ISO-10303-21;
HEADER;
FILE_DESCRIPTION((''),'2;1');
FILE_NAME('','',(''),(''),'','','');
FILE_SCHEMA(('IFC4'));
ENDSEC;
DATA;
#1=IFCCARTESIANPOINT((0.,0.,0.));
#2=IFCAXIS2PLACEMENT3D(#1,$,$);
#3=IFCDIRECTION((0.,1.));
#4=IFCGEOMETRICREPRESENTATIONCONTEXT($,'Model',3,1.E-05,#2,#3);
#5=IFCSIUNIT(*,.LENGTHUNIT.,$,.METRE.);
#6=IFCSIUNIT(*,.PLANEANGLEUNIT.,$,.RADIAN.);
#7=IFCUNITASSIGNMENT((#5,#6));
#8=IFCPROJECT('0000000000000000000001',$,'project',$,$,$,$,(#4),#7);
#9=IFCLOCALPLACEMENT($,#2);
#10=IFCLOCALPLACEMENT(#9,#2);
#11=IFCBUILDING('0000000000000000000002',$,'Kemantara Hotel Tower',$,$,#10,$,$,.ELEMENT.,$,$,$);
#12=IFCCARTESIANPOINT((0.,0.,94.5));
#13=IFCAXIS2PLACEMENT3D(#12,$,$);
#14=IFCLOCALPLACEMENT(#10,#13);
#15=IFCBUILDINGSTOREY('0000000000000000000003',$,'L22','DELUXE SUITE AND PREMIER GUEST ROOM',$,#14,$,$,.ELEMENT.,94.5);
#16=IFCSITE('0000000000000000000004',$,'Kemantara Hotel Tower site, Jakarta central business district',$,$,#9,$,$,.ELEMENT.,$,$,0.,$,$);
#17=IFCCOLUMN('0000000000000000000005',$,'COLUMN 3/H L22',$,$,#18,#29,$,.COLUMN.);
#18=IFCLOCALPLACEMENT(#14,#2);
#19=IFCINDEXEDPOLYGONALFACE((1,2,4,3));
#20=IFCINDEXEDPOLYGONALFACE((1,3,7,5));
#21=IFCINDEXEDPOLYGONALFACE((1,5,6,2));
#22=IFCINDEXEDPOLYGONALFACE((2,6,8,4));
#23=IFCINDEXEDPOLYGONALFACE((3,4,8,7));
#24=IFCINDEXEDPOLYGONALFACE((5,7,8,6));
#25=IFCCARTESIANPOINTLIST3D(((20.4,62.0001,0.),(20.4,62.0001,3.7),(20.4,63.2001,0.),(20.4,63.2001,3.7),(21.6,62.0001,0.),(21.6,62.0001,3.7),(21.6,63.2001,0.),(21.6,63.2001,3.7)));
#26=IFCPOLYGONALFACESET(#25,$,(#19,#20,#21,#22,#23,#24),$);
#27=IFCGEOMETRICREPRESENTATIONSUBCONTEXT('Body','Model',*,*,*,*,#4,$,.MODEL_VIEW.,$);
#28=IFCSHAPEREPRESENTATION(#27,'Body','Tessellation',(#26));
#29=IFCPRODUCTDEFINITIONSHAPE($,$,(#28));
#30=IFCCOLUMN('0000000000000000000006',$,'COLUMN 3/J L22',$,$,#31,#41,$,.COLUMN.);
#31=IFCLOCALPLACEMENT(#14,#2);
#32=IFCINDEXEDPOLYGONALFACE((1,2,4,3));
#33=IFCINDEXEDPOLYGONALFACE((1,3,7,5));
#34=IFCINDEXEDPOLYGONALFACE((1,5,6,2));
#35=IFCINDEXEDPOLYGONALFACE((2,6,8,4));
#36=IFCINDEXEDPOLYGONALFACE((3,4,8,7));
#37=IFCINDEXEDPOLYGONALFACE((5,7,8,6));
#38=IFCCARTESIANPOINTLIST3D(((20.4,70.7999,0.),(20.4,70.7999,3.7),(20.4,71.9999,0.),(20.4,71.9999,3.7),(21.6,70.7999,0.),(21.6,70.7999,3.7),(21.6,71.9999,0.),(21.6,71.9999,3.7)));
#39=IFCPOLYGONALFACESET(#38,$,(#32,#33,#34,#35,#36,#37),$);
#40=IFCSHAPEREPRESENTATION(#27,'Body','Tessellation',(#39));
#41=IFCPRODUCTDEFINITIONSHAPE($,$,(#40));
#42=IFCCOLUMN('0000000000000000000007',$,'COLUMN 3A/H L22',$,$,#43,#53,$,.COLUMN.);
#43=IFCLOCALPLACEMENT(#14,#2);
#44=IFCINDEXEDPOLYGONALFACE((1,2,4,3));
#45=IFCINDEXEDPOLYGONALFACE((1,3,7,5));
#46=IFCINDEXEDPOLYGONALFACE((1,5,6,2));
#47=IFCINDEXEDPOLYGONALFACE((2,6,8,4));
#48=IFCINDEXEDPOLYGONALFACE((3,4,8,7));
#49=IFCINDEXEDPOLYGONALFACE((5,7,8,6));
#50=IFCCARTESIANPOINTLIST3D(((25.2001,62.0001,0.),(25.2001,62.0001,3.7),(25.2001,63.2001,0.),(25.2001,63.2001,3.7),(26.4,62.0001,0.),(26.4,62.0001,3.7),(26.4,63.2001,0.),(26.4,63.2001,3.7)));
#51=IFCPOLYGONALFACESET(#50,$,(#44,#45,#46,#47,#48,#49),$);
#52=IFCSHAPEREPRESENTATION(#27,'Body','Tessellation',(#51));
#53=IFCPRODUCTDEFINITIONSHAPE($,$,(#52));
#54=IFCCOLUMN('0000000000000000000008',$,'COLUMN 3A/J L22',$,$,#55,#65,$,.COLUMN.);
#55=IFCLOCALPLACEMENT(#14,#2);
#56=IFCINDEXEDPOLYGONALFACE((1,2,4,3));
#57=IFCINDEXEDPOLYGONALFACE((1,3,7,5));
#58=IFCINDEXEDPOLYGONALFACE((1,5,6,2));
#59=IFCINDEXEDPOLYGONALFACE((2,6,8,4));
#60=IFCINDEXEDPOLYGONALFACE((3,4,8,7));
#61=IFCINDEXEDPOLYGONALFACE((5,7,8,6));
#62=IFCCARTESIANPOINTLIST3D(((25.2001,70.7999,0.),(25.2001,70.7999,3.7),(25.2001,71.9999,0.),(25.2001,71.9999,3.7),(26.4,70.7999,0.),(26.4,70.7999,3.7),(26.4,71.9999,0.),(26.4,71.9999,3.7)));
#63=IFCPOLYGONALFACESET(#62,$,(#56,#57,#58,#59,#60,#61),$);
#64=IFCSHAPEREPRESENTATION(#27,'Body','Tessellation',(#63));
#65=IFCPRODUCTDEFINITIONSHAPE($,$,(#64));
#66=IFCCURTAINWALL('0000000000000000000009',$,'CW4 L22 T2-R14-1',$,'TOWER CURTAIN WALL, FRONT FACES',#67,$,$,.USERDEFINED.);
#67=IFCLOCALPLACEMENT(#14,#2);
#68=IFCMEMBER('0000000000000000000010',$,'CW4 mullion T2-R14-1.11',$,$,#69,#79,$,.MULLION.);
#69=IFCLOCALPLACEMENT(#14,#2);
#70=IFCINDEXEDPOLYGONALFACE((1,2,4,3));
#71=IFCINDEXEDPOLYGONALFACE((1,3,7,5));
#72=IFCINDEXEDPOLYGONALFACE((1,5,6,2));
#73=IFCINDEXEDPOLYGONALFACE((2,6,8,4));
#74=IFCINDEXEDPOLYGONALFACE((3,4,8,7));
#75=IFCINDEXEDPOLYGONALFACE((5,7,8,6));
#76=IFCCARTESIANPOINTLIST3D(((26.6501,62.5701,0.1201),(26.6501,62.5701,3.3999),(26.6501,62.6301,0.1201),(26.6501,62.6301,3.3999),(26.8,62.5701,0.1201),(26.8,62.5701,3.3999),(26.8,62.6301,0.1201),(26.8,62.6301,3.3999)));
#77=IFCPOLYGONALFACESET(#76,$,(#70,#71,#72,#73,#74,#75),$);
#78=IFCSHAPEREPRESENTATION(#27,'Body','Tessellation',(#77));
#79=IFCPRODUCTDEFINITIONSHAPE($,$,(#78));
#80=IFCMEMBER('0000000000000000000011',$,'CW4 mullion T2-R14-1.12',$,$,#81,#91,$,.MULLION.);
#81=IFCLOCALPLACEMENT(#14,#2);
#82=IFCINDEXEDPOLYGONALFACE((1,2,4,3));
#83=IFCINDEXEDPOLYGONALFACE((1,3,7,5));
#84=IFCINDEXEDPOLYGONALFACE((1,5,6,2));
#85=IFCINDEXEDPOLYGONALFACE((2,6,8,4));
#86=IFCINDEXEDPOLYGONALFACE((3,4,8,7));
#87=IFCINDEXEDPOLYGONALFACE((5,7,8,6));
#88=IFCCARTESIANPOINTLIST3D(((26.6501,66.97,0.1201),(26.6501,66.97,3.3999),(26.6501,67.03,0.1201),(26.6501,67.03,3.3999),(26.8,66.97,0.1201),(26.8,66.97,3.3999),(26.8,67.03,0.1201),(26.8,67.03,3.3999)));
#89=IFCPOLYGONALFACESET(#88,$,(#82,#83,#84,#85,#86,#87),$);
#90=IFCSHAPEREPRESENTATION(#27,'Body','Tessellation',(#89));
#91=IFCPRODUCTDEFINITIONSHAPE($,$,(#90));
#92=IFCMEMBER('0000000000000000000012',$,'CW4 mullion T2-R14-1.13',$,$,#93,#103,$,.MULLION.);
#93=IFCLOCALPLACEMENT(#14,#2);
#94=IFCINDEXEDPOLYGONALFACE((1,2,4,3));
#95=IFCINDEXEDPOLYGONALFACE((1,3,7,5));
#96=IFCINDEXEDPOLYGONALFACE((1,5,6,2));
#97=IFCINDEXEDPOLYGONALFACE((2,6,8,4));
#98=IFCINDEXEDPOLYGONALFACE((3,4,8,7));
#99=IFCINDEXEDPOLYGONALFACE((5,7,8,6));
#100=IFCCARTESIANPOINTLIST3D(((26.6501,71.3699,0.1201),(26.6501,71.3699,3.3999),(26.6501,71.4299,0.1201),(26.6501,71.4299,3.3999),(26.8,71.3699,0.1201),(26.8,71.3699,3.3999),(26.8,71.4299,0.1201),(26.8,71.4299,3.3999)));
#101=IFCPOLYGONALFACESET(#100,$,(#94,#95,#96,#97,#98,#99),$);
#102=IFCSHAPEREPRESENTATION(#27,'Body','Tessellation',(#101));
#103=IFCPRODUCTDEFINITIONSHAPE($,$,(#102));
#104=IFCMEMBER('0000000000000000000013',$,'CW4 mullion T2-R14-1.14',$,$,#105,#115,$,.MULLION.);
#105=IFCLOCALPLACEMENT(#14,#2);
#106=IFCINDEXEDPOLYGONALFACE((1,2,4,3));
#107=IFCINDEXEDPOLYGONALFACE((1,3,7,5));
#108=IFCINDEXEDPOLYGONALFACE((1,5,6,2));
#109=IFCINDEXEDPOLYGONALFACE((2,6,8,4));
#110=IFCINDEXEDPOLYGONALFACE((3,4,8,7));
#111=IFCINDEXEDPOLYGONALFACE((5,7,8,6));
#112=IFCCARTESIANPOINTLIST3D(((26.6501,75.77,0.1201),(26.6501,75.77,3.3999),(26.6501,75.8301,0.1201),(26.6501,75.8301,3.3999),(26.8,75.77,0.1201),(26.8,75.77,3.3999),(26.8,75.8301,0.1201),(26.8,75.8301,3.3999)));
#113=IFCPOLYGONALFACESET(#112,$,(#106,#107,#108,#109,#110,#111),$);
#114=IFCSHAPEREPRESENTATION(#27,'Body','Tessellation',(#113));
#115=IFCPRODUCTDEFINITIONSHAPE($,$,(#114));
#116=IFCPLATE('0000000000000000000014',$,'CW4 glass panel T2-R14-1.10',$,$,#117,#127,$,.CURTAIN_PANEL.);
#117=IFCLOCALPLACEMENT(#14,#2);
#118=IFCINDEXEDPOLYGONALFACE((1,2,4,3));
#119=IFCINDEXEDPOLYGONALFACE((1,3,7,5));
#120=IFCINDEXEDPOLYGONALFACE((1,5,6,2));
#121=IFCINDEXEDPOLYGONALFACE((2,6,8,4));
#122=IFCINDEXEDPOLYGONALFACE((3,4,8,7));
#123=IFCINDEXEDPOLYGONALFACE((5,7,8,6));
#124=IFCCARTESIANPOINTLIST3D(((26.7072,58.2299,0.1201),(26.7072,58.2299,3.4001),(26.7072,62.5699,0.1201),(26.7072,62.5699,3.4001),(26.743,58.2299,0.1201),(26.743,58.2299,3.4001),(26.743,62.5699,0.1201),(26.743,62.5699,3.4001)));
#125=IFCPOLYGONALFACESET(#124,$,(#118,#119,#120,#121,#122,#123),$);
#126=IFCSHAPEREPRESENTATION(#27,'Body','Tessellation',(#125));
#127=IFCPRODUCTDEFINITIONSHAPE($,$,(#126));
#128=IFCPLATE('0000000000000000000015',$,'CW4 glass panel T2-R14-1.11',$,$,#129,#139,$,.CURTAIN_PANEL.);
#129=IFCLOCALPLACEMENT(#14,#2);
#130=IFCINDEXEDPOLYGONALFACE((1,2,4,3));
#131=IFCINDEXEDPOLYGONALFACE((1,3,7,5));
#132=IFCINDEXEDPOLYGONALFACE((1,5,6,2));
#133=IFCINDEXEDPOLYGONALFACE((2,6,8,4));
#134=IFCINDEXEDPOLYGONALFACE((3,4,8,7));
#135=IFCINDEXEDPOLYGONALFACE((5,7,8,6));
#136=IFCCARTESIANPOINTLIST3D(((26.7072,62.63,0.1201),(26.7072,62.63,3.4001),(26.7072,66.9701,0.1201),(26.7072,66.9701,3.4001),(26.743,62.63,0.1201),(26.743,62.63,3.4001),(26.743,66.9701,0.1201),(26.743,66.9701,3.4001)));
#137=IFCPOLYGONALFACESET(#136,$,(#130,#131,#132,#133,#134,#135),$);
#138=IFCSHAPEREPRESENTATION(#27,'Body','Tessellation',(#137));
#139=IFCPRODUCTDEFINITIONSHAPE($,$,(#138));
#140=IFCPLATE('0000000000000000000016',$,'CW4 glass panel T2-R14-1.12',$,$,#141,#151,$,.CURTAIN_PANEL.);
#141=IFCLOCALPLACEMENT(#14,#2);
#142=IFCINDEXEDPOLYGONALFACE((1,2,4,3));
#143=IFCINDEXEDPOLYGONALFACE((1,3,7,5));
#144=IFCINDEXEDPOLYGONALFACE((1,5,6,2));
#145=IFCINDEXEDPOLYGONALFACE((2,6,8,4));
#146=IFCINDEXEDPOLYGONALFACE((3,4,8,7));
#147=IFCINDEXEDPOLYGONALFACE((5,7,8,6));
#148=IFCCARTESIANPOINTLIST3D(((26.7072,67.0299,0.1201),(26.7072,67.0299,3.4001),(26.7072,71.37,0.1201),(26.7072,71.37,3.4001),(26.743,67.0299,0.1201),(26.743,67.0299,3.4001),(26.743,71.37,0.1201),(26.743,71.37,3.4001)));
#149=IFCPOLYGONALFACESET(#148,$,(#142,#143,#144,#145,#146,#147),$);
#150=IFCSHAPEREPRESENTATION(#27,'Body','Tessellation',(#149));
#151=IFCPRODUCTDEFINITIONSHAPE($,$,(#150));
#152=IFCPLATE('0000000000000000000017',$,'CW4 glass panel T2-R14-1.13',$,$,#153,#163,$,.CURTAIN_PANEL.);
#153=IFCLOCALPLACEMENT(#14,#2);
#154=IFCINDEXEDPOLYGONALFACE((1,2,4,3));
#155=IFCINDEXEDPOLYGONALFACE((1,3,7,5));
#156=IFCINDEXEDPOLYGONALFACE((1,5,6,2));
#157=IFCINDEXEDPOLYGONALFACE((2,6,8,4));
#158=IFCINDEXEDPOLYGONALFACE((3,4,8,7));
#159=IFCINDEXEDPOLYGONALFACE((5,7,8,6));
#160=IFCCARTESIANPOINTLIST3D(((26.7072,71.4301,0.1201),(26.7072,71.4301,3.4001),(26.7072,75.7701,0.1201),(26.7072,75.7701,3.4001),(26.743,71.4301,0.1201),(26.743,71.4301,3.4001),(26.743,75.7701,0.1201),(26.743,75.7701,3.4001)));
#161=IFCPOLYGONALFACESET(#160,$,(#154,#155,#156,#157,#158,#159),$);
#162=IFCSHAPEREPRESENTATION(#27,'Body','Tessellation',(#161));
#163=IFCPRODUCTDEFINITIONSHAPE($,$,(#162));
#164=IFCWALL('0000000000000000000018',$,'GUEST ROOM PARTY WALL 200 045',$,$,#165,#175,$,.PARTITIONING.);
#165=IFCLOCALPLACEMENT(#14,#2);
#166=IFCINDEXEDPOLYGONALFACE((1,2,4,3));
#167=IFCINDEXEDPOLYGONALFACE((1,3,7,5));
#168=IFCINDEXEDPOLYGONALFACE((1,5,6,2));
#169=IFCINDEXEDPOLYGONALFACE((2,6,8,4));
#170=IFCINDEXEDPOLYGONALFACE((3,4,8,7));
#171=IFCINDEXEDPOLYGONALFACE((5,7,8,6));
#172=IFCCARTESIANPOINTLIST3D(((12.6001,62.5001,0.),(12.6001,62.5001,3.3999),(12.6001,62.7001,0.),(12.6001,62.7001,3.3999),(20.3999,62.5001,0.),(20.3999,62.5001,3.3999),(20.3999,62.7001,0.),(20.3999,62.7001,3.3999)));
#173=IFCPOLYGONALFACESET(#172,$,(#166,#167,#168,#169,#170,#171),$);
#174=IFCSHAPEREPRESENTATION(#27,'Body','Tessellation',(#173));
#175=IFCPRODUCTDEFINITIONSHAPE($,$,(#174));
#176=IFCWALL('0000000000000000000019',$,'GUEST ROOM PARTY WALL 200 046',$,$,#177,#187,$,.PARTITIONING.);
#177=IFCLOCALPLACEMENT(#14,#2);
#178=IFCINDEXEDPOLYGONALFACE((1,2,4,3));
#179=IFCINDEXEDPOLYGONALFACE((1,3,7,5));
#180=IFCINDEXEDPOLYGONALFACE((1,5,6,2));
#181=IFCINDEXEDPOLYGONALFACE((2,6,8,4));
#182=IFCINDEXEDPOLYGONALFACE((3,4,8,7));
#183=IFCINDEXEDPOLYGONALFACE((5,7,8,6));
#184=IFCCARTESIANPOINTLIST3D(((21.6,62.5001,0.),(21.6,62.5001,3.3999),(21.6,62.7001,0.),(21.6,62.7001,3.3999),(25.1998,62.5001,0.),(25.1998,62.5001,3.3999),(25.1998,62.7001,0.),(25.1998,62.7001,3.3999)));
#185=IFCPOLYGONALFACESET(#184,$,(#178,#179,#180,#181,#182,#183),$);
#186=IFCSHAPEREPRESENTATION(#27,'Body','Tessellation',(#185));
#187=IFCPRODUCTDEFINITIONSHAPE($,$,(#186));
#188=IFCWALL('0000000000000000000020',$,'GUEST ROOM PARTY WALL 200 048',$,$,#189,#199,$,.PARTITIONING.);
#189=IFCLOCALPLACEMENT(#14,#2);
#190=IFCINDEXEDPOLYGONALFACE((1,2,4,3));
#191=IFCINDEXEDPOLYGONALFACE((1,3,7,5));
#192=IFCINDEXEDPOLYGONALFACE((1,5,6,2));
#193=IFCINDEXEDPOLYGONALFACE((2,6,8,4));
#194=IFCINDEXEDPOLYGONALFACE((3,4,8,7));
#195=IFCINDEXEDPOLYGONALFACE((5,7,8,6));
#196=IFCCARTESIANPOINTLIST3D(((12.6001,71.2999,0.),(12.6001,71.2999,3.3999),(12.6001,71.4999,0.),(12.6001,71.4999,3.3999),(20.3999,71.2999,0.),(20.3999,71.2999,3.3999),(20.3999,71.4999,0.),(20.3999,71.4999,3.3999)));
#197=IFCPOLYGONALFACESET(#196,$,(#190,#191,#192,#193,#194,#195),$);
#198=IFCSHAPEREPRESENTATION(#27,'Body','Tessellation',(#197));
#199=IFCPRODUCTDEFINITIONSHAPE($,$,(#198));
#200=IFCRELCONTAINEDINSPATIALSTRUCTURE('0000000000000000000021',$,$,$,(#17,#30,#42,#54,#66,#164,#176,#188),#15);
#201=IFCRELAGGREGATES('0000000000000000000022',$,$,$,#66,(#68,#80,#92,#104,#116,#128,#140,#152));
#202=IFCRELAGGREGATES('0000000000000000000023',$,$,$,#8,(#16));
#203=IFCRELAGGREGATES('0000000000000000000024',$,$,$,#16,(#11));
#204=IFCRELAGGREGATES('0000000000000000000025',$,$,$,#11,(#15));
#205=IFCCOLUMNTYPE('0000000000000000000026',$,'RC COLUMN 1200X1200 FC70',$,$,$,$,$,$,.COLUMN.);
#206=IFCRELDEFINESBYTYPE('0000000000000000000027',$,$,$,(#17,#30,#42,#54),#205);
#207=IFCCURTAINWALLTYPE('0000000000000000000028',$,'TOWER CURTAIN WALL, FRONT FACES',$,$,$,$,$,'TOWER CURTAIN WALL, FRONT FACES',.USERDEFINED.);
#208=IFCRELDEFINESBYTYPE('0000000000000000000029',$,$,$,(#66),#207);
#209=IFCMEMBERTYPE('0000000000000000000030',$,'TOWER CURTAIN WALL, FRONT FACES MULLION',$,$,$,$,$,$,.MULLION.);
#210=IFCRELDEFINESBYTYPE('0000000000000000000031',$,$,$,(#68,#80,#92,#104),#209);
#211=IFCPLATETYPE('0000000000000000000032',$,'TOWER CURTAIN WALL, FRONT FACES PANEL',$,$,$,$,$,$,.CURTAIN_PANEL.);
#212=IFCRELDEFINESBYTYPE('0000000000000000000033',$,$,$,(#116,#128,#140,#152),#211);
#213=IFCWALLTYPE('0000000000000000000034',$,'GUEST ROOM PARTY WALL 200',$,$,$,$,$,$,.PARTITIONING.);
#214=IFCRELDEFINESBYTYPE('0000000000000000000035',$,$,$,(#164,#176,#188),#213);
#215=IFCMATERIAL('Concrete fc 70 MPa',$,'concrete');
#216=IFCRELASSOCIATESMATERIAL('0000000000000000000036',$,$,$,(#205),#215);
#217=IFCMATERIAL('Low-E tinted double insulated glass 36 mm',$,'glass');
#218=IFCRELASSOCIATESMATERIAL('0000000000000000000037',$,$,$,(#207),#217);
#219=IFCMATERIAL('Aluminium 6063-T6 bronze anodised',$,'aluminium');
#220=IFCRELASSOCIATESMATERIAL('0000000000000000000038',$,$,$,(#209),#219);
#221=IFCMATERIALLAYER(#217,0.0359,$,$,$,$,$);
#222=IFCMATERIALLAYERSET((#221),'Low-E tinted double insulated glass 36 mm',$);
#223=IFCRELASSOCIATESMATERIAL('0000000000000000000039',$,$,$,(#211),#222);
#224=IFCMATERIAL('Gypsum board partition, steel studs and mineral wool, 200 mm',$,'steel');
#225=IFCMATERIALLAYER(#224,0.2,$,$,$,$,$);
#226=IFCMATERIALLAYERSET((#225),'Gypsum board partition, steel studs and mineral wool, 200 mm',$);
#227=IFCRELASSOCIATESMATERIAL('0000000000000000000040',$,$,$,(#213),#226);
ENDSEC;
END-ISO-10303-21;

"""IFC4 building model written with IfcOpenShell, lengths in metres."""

from ifc_helpers import new_model, si_unit, direction, frame, frame_2d, origin, origin_2d, place, context, subcontext, project, spatial, rectangle, extrude, source, transform, mapped, material, layer, layer_set, material_profile, profile_set, type_object, element, aggregate, save


model = new_model("IFC4")

# Units and contexts
model_context = context("Model", 3, precision=1e-05, world=origin(), true_north=direction((0.0, 1.0)))
body_context = subcontext(model_context, "Body", "Model", "MODEL_VIEW")
ifc_project = project(units=[si_unit("LENGTHUNIT", "METRE"), si_unit("PLANEANGLEUNIT", "RADIAN")], contexts=[model_context])

# Site, building, storey
site_placement = place(None, origin())
site = spatial("IfcSite", under=ifc_project, at=site_placement, Name="Kemantara Hotel Tower site, Jakarta central business district", CompositionType="ELEMENT", RefElevation=0.0)
building_placement = place(site_placement, origin())
building = spatial("IfcBuilding", under=site, at=building_placement, Name="Kemantara Hotel Tower", CompositionType="ELEMENT")
storey_placement = place(building_placement, frame((0.0, 0.0, 94.5)))
storey = spatial("IfcBuildingStorey", under=building, at=storey_placement, Name="L22", Description="DELUXE SUITE AND PREMIER GUEST ROOM", CompositionType="ELEMENT", Elevation=94.5)

# Columns
ifc_material_1 = material(Name="Concrete fc 70 MPa", Category="concrete")
ifc_material_profile_1 = material_profile(ifc_material_1, rectangle(XDim=1.2, YDim=1.2, at=origin_2d()), Name="RC 1200X1200")
ifc_profile_set_1 = profile_set([ifc_material_profile_1], Name="Concrete fc 70 MPa")
column_type = type_object("IfcColumnType", Name="RC COLUMN 1200X1200 FC70", PredefinedType="COLUMN", material=ifc_profile_set_1)
for number, where, z_axis, x_axis, name in (
    (1, (21.0, 62.6001, 0.0), (0.0, 0.0, 1.0), (1.0, 0.0, 0.0), "COLUMN 3/H L22"),
    (2, (21.0, 71.3999, 0.0), (0.0, 0.0, 1.0), (1.0, 0.0, 0.0), "COLUMN 3/J L22"),
    (3, (25.8, 62.6001, 0.0), (0.0, 0.0, 1.0), (1.0, 0.0, 0.0), "COLUMN 3A/H L22"),
    (4, (25.8, 71.3999, 0.0), (0.0, 0.0, 1.0), (1.0, 0.0, 0.0), "COLUMN 3A/J L22"),
):
    element("IfcColumn", number, at=place(storey_placement, frame(where, z_axis=z_axis, x_axis=x_axis)), inside=storey, type_object=column_type, Name=name, PredefinedType="COLUMN", context=body_context, shape_type="SweptSolid", body=[
        extrude(rectangle(XDim=1.2, YDim=1.2, at=origin_2d()), origin(), (0.0, 0.0, 1.0), 3.7),
    ])

# Curtain wall, members, plates
ifc_material_2 = material(Name="Low-E tinted double insulated glass 36 mm", Category="glass")
curtain_wall_type = type_object("IfcCurtainWallType", Name="TOWER CURTAIN WALL, FRONT FACES", ElementType="TOWER CURTAIN WALL, FRONT FACES", PredefinedType="USERDEFINED", material=ifc_material_2)
curtain_wall_placement = place(storey_placement, origin())
curtain_wall = element("IfcCurtainWall", 5, at=curtain_wall_placement, inside=storey, type_object=curtain_wall_type, Name="CW4 L22 T2-R14-1", ObjectType="TOWER CURTAIN WALL, FRONT FACES", PredefinedType="USERDEFINED")
ifc_material_3 = material(Name="Aluminium 6063-T6 bronze anodised", Category="aluminium")
ifc_material_profile_2 = material_profile(ifc_material_3, rectangle(XDim=0.1499, YDim=0.0601, at=origin_2d()), Name="TOWER CURTAIN WALL, FRONT FACES MULLION")
ifc_profile_set_2 = profile_set([ifc_material_profile_2], Name="Aluminium 6063-T6 bronze anodised")
member_type = type_object("IfcMemberType", Name="TOWER CURTAIN WALL, FRONT FACES MULLION", PredefinedType="MULLION", material=ifc_profile_set_2)
shared_shape_1 = source(origin(), body_context, "Body", "SweptSolid", [
    extrude(rectangle(XDim=0.1499, YDim=0.0601, at=origin_2d()), origin(), (0.0, 0.0, 1.0), 3.2798),
])
member_1_placement = place(storey_placement, frame((26.7251, 62.6001, 0.1201), z_axis=(0.0, 0.0, 1.0), x_axis=(-1.0, 0.0, 0.0)))
member_1 = element("IfcMember", 6, at=member_1_placement, type_object=member_type, Name="CW4 mullion T2-R14-1.11", PredefinedType="MULLION", context=body_context, shape_type="MappedRepresentation", body=[
    mapped(shared_shape_1, transform((0.0, 0.0, 0.0))),
])
member_2_placement = place(storey_placement, frame((26.7251, 67.0, 0.1201), z_axis=(0.0, 0.0, 1.0), x_axis=(-1.0, 0.0, 0.0)))
member_2 = element("IfcMember", 7, at=member_2_placement, type_object=member_type, Name="CW4 mullion T2-R14-1.12", PredefinedType="MULLION", context=body_context, shape_type="MappedRepresentation", body=[
    mapped(shared_shape_1, transform((0.0, 0.0, 0.0))),
])
member_3_placement = place(storey_placement, frame((26.7251, 71.3999, 0.1201), z_axis=(0.0, 0.0, 1.0), x_axis=(-1.0, 0.0, 0.0)))
member_3 = element("IfcMember", 8, at=member_3_placement, type_object=member_type, Name="CW4 mullion T2-R14-1.13", PredefinedType="MULLION", context=body_context, shape_type="MappedRepresentation", body=[
    mapped(shared_shape_1, transform((0.0, 0.0, 0.0))),
])
member_4_placement = place(storey_placement, frame((26.7251, 75.8, 0.1201), z_axis=(0.0, 0.0, 1.0), x_axis=(-1.0, 0.0, 0.0)))
member_4 = element("IfcMember", 9, at=member_4_placement, type_object=member_type, Name="CW4 mullion T2-R14-1.14", PredefinedType="MULLION", context=body_context, shape_type="MappedRepresentation", body=[
    mapped(shared_shape_1, transform((0.0, 0.0, 0.0))),
])
ifc_layer_1 = layer(ifc_material_2, 0.0359)
ifc_layer_set_1 = layer_set([ifc_layer_1], Name="Low-E tinted double insulated glass 36 mm")
plate_type = type_object("IfcPlateType", Name="TOWER CURTAIN WALL, FRONT FACES PANEL", PredefinedType="CURTAIN_PANEL", material=ifc_layer_set_1)
shared_shape_2 = source(origin(), body_context, "Body", "SweptSolid", [
    extrude(rectangle(XDim=4.3401, YDim=0.0359, at=origin_2d()), origin(), (0.0, 0.0, 1.0), 3.28),
])
plate_1_placement = place(storey_placement, frame((26.7251, 60.3999, 0.1201), z_axis=(0.0, 0.0, 1.0), x_axis=(0.0, 1.0, 0.0)))
plate_1 = element("IfcPlate", 10, at=plate_1_placement, type_object=plate_type, Name="CW4 glass panel T2-R14-1.10", PredefinedType="CURTAIN_PANEL", context=body_context, shape_type="MappedRepresentation", body=[
    mapped(shared_shape_2, transform((0.0, 0.0, 0.0))),
])
plate_2_placement = place(storey_placement, frame((26.7251, 64.8, 0.1201), z_axis=(0.0, 0.0, 1.0), x_axis=(0.0, 1.0, 0.0)))
plate_2 = element("IfcPlate", 11, at=plate_2_placement, type_object=plate_type, Name="CW4 glass panel T2-R14-1.11", PredefinedType="CURTAIN_PANEL", context=body_context, shape_type="MappedRepresentation", body=[
    mapped(shared_shape_2, transform((0.0, 0.0, 0.0))),
])
plate_3_placement = place(storey_placement, frame((26.7251, 69.2, 0.1201), z_axis=(0.0, 0.0, 1.0), x_axis=(0.0, 1.0, 0.0)))
plate_3 = element("IfcPlate", 12, at=plate_3_placement, type_object=plate_type, Name="CW4 glass panel T2-R14-1.12", PredefinedType="CURTAIN_PANEL", context=body_context, shape_type="MappedRepresentation", body=[
    mapped(shared_shape_2, transform((0.0, 0.0, 0.0))),
])
plate_4_placement = place(storey_placement, frame((26.7251, 73.6001, 0.1201), z_axis=(0.0, 0.0, 1.0), x_axis=(0.0, 1.0, 0.0)))
plate_4 = element("IfcPlate", 13, at=plate_4_placement, type_object=plate_type, Name="CW4 glass panel T2-R14-1.13", PredefinedType="CURTAIN_PANEL", context=body_context, shape_type="MappedRepresentation", body=[
    mapped(shared_shape_2, transform((0.0, 0.0, 0.0))),
])
aggregate(curtain_wall, [member_1, member_2, member_3, member_4, plate_1, plate_2, plate_3, plate_4])

# Walls
ifc_material_4 = material(Name="Gypsum board partition, steel studs and mineral wool, 200 mm", Category="steel")
ifc_layer_2 = layer(ifc_material_4, 0.2)
ifc_layer_set_2 = layer_set([ifc_layer_2], Name="Gypsum board partition, steel studs and mineral wool, 200 mm")
wall_type_1 = type_object("IfcWallType", Name="GUEST ROOM PARTY WALL 200", PredefinedType="PARTITIONING", material=ifc_layer_set_2)
wall_1_placement = place(storey_placement, frame((12.6001, 62.6001, 0.0), z_axis=(0.0, 0.0, 1.0), x_axis=(1.0, 0.0, 0.0)))
element("IfcWall", 14, at=wall_1_placement, inside=storey, type_object=wall_type_1, Name="GUEST ROOM PARTY WALL 200 045", PredefinedType="PARTITIONING", context=body_context, shape_type="SweptSolid", body=[
    extrude(rectangle(XDim=7.7998, YDim=0.2, at=frame_2d((3.8999, 0.0))), origin(), (0.0, 0.0, 1.0), 3.3999),
])
wall_2_placement = place(storey_placement, frame((21.6001, 62.6001, 0.0), z_axis=(0.0, 0.0, 1.0), x_axis=(1.0, 0.0, 0.0)))
element("IfcWall", 15, at=wall_2_placement, inside=storey, type_object=wall_type_1, Name="GUEST ROOM PARTY WALL 200 046", PredefinedType="PARTITIONING", context=body_context, shape_type="SweptSolid", body=[
    extrude(rectangle(XDim=3.5999, YDim=0.2, at=frame_2d((1.7998, 0.0))), origin(), (0.0, 0.0, 1.0), 3.3999),
])
wall_3_placement = place(storey_placement, frame((12.6001, 71.3999, 0.0), z_axis=(0.0, 0.0, 1.0), x_axis=(1.0, 0.0, 0.0)))
element("IfcWall", 16, at=wall_3_placement, inside=storey, type_object=wall_type_1, Name="GUEST ROOM PARTY WALL 200 048", PredefinedType="PARTITIONING", context=body_context, shape_type="SweptSolid", body=[
    extrude(rectangle(XDim=7.7998, YDim=0.2, at=frame_2d((3.8999, 0.0))), origin(), (0.0, 0.0, 1.0), 3.3999),
])

save(model, "model.ifc")
